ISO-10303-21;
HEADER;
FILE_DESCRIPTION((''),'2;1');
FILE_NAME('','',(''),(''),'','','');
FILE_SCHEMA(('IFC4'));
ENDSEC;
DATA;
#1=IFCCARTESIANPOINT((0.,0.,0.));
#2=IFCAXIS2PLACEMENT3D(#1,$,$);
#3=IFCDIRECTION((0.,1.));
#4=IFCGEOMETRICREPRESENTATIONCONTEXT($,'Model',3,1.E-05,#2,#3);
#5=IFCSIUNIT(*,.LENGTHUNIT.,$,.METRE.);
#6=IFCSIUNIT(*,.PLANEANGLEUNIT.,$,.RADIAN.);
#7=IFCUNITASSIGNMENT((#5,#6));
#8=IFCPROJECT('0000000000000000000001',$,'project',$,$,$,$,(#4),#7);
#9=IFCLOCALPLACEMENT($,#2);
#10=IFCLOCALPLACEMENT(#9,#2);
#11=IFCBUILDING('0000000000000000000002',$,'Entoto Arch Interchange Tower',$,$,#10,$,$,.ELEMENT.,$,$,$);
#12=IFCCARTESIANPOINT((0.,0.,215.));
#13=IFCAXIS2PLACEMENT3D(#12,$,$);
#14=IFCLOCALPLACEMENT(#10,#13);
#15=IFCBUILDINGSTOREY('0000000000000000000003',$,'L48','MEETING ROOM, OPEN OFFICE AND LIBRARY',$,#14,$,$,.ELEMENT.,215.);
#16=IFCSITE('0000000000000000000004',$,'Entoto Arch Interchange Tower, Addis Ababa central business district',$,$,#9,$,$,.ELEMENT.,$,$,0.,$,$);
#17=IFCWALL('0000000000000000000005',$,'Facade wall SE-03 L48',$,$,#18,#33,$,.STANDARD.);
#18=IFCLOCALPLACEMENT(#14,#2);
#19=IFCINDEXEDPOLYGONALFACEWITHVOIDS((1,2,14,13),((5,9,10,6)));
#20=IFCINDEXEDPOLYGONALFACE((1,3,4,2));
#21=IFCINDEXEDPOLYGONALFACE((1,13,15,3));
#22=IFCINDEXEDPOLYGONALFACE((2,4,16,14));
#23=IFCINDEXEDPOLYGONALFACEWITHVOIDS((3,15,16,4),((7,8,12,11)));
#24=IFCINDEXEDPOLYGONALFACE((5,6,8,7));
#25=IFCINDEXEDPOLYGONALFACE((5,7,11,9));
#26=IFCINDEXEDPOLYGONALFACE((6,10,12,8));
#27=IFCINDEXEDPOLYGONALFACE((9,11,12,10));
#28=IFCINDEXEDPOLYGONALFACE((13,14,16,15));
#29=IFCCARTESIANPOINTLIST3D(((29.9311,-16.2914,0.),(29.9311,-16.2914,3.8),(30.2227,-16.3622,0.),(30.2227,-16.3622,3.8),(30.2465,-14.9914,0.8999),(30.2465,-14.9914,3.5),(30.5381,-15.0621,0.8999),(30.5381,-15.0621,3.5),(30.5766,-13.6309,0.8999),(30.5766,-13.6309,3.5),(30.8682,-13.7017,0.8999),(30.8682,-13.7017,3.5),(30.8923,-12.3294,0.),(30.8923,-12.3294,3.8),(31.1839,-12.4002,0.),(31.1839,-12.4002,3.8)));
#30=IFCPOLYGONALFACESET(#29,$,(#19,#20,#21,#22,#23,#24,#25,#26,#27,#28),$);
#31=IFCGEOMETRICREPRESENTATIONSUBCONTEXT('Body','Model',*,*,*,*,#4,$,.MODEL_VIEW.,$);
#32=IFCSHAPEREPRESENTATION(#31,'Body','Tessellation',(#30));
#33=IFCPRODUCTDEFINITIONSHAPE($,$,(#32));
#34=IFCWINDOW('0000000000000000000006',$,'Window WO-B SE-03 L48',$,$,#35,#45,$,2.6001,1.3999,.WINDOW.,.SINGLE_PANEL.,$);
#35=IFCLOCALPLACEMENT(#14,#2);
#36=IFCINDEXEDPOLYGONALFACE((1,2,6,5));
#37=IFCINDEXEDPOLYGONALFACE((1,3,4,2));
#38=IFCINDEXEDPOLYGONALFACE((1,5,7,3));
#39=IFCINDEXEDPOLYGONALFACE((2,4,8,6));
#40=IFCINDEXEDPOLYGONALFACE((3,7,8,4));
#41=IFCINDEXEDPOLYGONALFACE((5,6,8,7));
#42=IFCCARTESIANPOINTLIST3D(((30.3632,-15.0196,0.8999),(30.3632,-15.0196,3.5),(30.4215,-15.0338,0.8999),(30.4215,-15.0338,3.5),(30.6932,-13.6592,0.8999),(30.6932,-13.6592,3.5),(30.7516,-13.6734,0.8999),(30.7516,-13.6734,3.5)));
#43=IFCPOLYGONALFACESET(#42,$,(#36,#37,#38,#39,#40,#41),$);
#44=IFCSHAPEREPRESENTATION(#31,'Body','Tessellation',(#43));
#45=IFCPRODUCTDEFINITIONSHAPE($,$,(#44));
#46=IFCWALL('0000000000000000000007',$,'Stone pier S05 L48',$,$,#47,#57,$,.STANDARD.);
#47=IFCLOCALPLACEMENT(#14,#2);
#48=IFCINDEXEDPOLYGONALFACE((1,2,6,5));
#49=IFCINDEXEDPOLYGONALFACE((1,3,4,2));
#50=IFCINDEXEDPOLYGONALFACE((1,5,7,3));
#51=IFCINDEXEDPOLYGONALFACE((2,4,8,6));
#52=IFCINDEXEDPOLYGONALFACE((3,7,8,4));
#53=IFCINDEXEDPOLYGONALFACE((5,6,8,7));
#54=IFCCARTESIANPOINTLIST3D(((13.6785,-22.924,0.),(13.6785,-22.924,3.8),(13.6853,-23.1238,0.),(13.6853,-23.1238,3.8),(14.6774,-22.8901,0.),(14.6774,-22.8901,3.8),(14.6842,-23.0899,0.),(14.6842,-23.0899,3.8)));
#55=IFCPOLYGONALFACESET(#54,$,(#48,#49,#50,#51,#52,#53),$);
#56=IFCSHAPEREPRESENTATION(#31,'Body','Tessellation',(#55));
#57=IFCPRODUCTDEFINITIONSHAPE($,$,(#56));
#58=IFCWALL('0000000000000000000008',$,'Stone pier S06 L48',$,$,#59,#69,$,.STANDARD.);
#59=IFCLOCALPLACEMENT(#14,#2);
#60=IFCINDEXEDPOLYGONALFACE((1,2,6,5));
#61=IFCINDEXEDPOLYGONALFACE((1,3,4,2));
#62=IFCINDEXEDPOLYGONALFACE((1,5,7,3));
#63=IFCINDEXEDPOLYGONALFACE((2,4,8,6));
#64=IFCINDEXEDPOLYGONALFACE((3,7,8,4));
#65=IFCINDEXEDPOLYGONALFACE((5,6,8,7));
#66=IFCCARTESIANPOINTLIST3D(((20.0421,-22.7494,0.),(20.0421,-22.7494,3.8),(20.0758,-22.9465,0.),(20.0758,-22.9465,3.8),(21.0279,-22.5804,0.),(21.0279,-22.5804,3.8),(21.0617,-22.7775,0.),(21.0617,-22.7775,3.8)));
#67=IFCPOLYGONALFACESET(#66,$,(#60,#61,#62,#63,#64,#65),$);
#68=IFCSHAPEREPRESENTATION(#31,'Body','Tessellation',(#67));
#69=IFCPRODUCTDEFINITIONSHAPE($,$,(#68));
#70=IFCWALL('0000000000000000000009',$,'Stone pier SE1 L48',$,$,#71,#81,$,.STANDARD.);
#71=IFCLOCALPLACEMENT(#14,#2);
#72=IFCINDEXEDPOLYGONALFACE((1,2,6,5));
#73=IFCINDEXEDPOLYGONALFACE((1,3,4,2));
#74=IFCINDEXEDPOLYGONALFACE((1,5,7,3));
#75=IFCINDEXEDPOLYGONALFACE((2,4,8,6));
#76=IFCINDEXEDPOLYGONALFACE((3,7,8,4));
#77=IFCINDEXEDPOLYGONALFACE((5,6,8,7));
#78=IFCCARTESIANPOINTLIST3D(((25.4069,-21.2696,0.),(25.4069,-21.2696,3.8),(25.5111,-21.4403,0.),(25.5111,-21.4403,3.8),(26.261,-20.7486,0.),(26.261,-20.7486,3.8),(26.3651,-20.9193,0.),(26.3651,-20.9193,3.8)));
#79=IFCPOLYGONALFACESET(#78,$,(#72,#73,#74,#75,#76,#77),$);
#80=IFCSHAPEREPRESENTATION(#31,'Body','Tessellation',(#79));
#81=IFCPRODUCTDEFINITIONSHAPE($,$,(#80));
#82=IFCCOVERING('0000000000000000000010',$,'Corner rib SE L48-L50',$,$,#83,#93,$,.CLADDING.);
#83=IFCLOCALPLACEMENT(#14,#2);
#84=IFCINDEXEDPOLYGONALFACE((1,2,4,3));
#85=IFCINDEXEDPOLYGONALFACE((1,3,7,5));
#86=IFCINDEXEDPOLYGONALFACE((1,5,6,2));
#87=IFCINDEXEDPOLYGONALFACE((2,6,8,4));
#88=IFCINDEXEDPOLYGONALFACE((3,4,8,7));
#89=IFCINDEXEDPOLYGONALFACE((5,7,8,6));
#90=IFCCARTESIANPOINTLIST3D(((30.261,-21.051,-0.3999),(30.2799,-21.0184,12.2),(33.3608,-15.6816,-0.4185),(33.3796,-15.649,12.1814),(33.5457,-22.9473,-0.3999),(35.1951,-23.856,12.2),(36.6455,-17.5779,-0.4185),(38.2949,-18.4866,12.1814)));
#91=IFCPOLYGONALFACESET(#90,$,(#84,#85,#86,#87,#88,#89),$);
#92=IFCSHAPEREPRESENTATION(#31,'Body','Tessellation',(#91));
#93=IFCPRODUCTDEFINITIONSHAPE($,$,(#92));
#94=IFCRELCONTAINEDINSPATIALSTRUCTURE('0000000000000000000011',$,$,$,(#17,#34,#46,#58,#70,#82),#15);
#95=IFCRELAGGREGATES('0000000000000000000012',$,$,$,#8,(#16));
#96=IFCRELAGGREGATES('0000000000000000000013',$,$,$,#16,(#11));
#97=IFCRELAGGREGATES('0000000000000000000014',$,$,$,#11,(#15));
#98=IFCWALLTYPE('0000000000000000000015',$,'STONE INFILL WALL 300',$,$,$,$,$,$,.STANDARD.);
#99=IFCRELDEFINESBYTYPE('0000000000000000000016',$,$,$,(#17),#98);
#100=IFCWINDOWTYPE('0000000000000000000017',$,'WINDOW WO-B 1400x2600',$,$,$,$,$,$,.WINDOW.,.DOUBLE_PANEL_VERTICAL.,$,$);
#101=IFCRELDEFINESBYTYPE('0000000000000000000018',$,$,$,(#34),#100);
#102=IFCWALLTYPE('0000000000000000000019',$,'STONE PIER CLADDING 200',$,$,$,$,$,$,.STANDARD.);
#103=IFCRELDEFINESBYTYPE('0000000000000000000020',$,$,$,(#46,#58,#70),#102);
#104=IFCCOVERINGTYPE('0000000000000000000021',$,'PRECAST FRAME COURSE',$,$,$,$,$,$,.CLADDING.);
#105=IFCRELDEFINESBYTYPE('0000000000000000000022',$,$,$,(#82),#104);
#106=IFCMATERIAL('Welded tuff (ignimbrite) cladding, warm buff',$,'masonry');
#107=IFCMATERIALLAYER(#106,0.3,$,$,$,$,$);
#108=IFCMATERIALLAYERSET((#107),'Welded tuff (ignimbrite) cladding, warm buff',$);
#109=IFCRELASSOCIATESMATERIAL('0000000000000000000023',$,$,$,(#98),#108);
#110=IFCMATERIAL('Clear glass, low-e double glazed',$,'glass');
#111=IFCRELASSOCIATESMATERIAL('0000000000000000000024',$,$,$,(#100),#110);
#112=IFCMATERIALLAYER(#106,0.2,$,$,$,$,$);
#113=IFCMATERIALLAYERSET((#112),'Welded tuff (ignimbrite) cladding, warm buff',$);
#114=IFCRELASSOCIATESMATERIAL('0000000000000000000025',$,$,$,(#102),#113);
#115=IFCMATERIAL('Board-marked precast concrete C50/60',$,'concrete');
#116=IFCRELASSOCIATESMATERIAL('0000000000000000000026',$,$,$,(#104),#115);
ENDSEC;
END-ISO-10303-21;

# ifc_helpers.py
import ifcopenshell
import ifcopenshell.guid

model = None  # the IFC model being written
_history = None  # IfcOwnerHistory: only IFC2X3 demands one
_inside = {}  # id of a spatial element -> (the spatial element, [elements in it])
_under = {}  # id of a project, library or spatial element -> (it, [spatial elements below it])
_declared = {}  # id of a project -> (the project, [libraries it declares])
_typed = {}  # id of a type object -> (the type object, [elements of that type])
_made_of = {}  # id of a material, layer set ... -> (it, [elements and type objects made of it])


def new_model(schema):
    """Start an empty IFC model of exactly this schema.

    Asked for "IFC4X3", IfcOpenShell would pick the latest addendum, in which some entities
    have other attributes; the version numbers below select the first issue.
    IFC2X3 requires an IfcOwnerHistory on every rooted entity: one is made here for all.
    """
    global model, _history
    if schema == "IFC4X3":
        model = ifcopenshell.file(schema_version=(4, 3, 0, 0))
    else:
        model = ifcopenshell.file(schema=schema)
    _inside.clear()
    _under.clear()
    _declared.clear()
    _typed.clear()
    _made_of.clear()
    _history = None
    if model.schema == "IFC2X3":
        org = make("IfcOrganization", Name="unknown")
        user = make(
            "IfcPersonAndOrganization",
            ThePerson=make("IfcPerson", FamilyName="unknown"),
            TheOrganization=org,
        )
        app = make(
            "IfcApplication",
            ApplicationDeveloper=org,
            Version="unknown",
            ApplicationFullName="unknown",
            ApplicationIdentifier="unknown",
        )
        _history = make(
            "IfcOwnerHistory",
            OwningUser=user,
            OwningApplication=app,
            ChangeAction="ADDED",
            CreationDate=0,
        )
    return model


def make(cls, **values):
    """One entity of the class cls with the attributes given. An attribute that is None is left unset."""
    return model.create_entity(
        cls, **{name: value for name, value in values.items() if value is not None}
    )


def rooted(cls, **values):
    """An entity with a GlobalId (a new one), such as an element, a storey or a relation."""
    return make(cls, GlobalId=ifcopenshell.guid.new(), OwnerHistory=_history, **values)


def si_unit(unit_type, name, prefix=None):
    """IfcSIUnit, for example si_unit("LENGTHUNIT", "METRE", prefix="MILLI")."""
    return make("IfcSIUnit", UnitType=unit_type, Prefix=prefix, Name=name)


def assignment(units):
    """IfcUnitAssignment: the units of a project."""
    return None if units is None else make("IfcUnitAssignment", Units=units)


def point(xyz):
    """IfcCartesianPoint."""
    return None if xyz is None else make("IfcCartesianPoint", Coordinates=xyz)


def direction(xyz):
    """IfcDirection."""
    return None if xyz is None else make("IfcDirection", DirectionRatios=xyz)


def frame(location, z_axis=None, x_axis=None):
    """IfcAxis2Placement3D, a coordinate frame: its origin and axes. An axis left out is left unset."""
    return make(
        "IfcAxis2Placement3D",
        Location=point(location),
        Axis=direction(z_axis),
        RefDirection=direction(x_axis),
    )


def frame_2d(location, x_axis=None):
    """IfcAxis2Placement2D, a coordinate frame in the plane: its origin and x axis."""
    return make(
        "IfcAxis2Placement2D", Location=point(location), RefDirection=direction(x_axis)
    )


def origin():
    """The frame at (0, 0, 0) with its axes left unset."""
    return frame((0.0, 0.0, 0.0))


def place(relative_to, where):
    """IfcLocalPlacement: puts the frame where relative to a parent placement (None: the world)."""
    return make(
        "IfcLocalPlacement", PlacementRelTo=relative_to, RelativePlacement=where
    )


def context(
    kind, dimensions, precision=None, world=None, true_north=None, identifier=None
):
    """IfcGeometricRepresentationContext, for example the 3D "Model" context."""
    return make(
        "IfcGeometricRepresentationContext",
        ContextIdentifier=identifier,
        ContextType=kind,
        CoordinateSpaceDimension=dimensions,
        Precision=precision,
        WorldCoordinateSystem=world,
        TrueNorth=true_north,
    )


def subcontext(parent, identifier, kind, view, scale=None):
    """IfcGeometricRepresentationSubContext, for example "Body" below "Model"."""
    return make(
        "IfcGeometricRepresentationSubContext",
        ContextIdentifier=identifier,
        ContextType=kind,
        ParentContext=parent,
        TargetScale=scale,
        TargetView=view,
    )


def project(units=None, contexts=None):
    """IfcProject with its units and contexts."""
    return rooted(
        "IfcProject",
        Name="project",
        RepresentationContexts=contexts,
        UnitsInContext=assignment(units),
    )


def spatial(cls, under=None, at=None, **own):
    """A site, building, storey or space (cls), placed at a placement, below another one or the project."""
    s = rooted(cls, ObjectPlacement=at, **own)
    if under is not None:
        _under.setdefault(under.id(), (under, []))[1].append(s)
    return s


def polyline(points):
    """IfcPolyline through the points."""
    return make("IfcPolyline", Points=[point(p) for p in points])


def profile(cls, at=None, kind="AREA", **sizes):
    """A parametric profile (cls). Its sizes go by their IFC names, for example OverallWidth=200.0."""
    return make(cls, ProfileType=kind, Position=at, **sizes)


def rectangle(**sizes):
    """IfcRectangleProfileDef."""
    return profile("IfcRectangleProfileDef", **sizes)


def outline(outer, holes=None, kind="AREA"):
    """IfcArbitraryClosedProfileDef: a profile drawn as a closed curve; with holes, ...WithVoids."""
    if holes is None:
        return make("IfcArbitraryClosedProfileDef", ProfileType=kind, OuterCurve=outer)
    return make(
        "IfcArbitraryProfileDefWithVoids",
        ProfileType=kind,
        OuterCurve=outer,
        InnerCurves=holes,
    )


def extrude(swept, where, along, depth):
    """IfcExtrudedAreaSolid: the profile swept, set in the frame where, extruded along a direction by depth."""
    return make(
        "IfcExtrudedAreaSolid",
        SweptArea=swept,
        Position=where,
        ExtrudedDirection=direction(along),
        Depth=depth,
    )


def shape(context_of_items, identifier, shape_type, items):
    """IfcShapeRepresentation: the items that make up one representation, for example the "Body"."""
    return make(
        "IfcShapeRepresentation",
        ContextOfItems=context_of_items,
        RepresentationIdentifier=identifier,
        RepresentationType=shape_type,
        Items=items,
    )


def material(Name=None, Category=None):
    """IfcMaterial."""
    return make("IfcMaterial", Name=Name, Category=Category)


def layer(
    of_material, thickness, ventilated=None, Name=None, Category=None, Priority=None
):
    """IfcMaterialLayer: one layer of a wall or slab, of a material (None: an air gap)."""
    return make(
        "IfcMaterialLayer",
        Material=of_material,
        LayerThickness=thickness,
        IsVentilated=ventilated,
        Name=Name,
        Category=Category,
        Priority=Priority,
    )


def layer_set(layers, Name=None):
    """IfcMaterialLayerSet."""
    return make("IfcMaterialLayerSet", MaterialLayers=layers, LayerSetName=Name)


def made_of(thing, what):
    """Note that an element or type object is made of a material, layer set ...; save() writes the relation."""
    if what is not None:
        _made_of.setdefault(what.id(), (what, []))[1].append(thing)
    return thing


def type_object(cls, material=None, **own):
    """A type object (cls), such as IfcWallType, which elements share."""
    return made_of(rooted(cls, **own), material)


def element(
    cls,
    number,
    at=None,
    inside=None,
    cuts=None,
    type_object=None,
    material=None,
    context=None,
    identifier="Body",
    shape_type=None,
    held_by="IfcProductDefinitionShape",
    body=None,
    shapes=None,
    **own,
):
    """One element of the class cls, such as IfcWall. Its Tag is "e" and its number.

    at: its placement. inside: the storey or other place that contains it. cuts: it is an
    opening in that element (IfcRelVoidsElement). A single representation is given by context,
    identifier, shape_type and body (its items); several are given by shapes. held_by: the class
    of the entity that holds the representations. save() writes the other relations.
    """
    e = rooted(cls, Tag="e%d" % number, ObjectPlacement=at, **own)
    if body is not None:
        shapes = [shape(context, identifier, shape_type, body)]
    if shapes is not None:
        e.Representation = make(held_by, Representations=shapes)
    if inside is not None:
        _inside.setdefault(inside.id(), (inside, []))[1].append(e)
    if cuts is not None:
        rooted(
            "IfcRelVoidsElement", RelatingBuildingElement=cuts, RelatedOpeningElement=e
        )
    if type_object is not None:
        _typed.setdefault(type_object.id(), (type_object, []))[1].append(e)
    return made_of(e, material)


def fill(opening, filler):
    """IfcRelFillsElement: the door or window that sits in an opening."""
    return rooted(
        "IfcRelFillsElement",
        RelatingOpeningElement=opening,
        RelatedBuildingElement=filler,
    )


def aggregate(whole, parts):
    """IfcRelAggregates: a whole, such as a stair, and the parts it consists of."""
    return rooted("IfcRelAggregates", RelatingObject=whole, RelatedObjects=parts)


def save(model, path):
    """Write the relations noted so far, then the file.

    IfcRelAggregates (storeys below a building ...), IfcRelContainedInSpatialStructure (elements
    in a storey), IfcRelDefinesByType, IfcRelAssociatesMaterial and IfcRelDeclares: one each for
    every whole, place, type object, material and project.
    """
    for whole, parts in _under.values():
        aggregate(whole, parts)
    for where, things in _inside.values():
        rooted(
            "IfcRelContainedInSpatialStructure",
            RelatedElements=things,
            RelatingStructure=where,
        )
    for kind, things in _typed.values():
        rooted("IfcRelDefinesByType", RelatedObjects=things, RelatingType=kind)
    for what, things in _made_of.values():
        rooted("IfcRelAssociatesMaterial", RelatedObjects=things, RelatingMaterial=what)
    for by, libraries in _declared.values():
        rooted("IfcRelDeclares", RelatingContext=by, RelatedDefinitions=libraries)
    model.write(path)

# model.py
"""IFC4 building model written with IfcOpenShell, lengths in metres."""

from ifc_helpers import new_model, si_unit, direction, frame, frame_2d, origin, place, context, subcontext, project, spatial, polyline, rectangle, outline, extrude, material, layer, layer_set, type_object, element, fill, save


model = new_model("IFC4")

# Units and contexts
model_context = context("Model", 3, precision=1e-05, world=origin(), true_north=direction((0.0, 1.0)))
body_context = subcontext(model_context, "Body", "Model", "MODEL_VIEW")
ifc_project = project(units=[si_unit("LENGTHUNIT", "METRE"), si_unit("PLANEANGLEUNIT", "RADIAN")], contexts=[model_context])

# Site, building, storey
site_placement = place(None, origin())
site = spatial("IfcSite", under=ifc_project, at=site_placement, Name="Entoto Arch Interchange Tower, Addis Ababa central business district", CompositionType="ELEMENT", RefElevation=0.0)
building_placement = place(site_placement, origin())
building = spatial("IfcBuilding", under=site, at=building_placement, Name="Entoto Arch Interchange Tower", CompositionType="ELEMENT")
storey_placement = place(building_placement, frame((0.0, 0.0, 215.0)))
storey = spatial("IfcBuildingStorey", under=building, at=storey_placement, Name="L48", Description="MEETING ROOM, OPEN OFFICE AND LIBRARY", CompositionType="ELEMENT", Elevation=215.0)

# Shared definitions
ifc_material_1 = material(Name="Welded tuff (ignimbrite) cladding, warm buff", Category="masonry")
ifc_layer_1 = layer(ifc_material_1, 0.3)
ifc_layer_set_1 = layer_set([ifc_layer_1], Name="Welded tuff (ignimbrite) cladding, warm buff")
wall_type_1 = type_object("IfcWallType", Name="STONE INFILL WALL 300", PredefinedType="STANDARD", material=ifc_layer_set_1)
ifc_material_2 = material(Name="Clear glass, low-e double glazed", Category="glass")
window_type = type_object("IfcWindowType", Name="WINDOW WO-B 1400x2600", PartitioningType="DOUBLE_PANEL_VERTICAL", PredefinedType="WINDOW", material=ifc_material_2)

# Wall, opening, window
wall_1_placement = place(storey_placement, frame((30.0769, -16.3269, 0.0), z_axis=(0.0, 0.0, 1.0), x_axis=(0.235766, 0.97181, 0.0)))
wall_1 = element("IfcWall", 1, at=wall_1_placement, inside=storey, type_object=wall_type_1, Name="Facade wall SE-03 L48", PredefinedType="STANDARD", context=body_context, shape_type="SweptSolid", body=[
    extrude(rectangle(XDim=4.0769, YDim=0.3, at=frame_2d((2.0386, 0.0))), origin(), (0.0, 0.0, 1.0), 3.8),
])
opening_1_placement = place(wall_1_placement, frame((1.3379, 0.0, 0.8999)))
opening_1 = element("IfcOpeningElement", 2, at=opening_1_placement, cuts=wall_1, PredefinedType="OPENING", context=body_context, shape_type="SweptSolid", body=[
    extrude(rectangle(XDim=1.3999, YDim=2.6001, at=frame_2d((0.7, 1.3))), frame((0.0, 0.1602, 0.0), z_axis=(0.0, -1.0, 0.0), x_axis=(1.0, 0.0, 0.0)), (0.0, 0.0, 1.0), 0.3201),
])
window_1_placement = place(opening_1_placement, origin())
window_1 = element("IfcWindow", 3, at=window_1_placement, inside=storey, type_object=window_type, Name="Window WO-B SE-03 L48", OverallHeight=2.6001, OverallWidth=1.3999, PartitioningType="SINGLE_PANEL", PredefinedType="WINDOW", context=body_context, shape_type="SweptSolid", body=[
    extrude(rectangle(XDim=1.3999, YDim=2.6001, at=frame_2d((0.7, 1.3))), frame((0.0, 0.03, 0.0), z_axis=(0.0, -1.0, 0.0), x_axis=(1.0, 0.0, 0.0)), (0.0, 0.0, 1.0), 0.0601),
])
fill(opening_1, window_1)

# Walls
ifc_layer_2 = layer(ifc_material_1, 0.2)
ifc_layer_set_2 = layer_set([ifc_layer_2], Name="Welded tuff (ignimbrite) cladding, warm buff")
wall_type_2 = type_object("IfcWallType", Name="STONE PIER CLADDING 200", PredefinedType="STANDARD", material=ifc_layer_set_2)
wall_2_placement = place(storey_placement, frame((13.6819, -23.0239, 0.0), z_axis=(0.0, 0.0, 1.0), x_axis=(0.999424, 0.033949, 0.0)))
element("IfcWall", 4, at=wall_2_placement, inside=storey, type_object=wall_type_2, Name="Stone pier S05 L48", PredefinedType="STANDARD", context=body_context, shape_type="SweptSolid", body=[
    extrude(rectangle(XDim=0.9995, YDim=0.2, at=frame_2d((0.4998, 0.0))), origin(), (0.0, 0.0, 1.0), 3.8),
])
wall_3_placement = place(storey_placement, frame((20.0591, -22.8479, 0.0), z_axis=(0.0, 0.0, 1.0), x_axis=(0.985632, 0.16891, 0.0)))
element("IfcWall", 5, at=wall_3_placement, inside=storey, type_object=wall_type_2, Name="Stone pier S06 L48", PredefinedType="STANDARD", context=body_context, shape_type="SweptSolid", body=[
    extrude(rectangle(XDim=1.0002, YDim=0.2, at=frame_2d((0.5, 0.0))), origin(), (0.0, 0.0, 1.0), 3.8),
])
wall_4_placement = place(storey_placement, frame((25.459, -21.355, 0.0), z_axis=(0.0, 0.0, 1.0), x_axis=(0.85368, 0.520798, 0.0)))
element("IfcWall", 6, at=wall_4_placement, inside=storey, type_object=wall_type_2, Name="Stone pier SE1 L48", PredefinedType="STANDARD", context=body_context, shape_type="SweptSolid", body=[
    extrude(rectangle(XDim=1.0005, YDim=0.2, at=frame_2d((0.5002, 0.0))), origin(), (0.0, 0.0, 1.0), 3.8),
])

# Covering
ifc_material_3 = material(Name="Board-marked precast concrete C50/60", Category="concrete")
covering_type = type_object("IfcCoveringType", Name="PRECAST FRAME COURSE", PredefinedType="CLADDING", material=ifc_material_3)
covering_placement = place(storey_placement, frame((30.261, -21.051, -0.3999), z_axis=(-0.499969, -0.866038, 0.002993), x_axis=(0.866042, -0.499972, 0.0)))
element("IfcCovering", 7, at=covering_placement, inside=storey, type_object=covering_type, Name="Corner rib SE L48-L50", PredefinedType="CLADDING", context=body_context, shape_type="SweptSolid", body=[
    extrude(outline(polyline([(0.0, 0.0), (3.7928, 0.0), (5.6755, 12.5999), (0.0, 12.5999), (0.0, 0.0)])), origin(), (0.0, 0.0, -1.0), 6.2),
])

save(model, "model.ifc")
